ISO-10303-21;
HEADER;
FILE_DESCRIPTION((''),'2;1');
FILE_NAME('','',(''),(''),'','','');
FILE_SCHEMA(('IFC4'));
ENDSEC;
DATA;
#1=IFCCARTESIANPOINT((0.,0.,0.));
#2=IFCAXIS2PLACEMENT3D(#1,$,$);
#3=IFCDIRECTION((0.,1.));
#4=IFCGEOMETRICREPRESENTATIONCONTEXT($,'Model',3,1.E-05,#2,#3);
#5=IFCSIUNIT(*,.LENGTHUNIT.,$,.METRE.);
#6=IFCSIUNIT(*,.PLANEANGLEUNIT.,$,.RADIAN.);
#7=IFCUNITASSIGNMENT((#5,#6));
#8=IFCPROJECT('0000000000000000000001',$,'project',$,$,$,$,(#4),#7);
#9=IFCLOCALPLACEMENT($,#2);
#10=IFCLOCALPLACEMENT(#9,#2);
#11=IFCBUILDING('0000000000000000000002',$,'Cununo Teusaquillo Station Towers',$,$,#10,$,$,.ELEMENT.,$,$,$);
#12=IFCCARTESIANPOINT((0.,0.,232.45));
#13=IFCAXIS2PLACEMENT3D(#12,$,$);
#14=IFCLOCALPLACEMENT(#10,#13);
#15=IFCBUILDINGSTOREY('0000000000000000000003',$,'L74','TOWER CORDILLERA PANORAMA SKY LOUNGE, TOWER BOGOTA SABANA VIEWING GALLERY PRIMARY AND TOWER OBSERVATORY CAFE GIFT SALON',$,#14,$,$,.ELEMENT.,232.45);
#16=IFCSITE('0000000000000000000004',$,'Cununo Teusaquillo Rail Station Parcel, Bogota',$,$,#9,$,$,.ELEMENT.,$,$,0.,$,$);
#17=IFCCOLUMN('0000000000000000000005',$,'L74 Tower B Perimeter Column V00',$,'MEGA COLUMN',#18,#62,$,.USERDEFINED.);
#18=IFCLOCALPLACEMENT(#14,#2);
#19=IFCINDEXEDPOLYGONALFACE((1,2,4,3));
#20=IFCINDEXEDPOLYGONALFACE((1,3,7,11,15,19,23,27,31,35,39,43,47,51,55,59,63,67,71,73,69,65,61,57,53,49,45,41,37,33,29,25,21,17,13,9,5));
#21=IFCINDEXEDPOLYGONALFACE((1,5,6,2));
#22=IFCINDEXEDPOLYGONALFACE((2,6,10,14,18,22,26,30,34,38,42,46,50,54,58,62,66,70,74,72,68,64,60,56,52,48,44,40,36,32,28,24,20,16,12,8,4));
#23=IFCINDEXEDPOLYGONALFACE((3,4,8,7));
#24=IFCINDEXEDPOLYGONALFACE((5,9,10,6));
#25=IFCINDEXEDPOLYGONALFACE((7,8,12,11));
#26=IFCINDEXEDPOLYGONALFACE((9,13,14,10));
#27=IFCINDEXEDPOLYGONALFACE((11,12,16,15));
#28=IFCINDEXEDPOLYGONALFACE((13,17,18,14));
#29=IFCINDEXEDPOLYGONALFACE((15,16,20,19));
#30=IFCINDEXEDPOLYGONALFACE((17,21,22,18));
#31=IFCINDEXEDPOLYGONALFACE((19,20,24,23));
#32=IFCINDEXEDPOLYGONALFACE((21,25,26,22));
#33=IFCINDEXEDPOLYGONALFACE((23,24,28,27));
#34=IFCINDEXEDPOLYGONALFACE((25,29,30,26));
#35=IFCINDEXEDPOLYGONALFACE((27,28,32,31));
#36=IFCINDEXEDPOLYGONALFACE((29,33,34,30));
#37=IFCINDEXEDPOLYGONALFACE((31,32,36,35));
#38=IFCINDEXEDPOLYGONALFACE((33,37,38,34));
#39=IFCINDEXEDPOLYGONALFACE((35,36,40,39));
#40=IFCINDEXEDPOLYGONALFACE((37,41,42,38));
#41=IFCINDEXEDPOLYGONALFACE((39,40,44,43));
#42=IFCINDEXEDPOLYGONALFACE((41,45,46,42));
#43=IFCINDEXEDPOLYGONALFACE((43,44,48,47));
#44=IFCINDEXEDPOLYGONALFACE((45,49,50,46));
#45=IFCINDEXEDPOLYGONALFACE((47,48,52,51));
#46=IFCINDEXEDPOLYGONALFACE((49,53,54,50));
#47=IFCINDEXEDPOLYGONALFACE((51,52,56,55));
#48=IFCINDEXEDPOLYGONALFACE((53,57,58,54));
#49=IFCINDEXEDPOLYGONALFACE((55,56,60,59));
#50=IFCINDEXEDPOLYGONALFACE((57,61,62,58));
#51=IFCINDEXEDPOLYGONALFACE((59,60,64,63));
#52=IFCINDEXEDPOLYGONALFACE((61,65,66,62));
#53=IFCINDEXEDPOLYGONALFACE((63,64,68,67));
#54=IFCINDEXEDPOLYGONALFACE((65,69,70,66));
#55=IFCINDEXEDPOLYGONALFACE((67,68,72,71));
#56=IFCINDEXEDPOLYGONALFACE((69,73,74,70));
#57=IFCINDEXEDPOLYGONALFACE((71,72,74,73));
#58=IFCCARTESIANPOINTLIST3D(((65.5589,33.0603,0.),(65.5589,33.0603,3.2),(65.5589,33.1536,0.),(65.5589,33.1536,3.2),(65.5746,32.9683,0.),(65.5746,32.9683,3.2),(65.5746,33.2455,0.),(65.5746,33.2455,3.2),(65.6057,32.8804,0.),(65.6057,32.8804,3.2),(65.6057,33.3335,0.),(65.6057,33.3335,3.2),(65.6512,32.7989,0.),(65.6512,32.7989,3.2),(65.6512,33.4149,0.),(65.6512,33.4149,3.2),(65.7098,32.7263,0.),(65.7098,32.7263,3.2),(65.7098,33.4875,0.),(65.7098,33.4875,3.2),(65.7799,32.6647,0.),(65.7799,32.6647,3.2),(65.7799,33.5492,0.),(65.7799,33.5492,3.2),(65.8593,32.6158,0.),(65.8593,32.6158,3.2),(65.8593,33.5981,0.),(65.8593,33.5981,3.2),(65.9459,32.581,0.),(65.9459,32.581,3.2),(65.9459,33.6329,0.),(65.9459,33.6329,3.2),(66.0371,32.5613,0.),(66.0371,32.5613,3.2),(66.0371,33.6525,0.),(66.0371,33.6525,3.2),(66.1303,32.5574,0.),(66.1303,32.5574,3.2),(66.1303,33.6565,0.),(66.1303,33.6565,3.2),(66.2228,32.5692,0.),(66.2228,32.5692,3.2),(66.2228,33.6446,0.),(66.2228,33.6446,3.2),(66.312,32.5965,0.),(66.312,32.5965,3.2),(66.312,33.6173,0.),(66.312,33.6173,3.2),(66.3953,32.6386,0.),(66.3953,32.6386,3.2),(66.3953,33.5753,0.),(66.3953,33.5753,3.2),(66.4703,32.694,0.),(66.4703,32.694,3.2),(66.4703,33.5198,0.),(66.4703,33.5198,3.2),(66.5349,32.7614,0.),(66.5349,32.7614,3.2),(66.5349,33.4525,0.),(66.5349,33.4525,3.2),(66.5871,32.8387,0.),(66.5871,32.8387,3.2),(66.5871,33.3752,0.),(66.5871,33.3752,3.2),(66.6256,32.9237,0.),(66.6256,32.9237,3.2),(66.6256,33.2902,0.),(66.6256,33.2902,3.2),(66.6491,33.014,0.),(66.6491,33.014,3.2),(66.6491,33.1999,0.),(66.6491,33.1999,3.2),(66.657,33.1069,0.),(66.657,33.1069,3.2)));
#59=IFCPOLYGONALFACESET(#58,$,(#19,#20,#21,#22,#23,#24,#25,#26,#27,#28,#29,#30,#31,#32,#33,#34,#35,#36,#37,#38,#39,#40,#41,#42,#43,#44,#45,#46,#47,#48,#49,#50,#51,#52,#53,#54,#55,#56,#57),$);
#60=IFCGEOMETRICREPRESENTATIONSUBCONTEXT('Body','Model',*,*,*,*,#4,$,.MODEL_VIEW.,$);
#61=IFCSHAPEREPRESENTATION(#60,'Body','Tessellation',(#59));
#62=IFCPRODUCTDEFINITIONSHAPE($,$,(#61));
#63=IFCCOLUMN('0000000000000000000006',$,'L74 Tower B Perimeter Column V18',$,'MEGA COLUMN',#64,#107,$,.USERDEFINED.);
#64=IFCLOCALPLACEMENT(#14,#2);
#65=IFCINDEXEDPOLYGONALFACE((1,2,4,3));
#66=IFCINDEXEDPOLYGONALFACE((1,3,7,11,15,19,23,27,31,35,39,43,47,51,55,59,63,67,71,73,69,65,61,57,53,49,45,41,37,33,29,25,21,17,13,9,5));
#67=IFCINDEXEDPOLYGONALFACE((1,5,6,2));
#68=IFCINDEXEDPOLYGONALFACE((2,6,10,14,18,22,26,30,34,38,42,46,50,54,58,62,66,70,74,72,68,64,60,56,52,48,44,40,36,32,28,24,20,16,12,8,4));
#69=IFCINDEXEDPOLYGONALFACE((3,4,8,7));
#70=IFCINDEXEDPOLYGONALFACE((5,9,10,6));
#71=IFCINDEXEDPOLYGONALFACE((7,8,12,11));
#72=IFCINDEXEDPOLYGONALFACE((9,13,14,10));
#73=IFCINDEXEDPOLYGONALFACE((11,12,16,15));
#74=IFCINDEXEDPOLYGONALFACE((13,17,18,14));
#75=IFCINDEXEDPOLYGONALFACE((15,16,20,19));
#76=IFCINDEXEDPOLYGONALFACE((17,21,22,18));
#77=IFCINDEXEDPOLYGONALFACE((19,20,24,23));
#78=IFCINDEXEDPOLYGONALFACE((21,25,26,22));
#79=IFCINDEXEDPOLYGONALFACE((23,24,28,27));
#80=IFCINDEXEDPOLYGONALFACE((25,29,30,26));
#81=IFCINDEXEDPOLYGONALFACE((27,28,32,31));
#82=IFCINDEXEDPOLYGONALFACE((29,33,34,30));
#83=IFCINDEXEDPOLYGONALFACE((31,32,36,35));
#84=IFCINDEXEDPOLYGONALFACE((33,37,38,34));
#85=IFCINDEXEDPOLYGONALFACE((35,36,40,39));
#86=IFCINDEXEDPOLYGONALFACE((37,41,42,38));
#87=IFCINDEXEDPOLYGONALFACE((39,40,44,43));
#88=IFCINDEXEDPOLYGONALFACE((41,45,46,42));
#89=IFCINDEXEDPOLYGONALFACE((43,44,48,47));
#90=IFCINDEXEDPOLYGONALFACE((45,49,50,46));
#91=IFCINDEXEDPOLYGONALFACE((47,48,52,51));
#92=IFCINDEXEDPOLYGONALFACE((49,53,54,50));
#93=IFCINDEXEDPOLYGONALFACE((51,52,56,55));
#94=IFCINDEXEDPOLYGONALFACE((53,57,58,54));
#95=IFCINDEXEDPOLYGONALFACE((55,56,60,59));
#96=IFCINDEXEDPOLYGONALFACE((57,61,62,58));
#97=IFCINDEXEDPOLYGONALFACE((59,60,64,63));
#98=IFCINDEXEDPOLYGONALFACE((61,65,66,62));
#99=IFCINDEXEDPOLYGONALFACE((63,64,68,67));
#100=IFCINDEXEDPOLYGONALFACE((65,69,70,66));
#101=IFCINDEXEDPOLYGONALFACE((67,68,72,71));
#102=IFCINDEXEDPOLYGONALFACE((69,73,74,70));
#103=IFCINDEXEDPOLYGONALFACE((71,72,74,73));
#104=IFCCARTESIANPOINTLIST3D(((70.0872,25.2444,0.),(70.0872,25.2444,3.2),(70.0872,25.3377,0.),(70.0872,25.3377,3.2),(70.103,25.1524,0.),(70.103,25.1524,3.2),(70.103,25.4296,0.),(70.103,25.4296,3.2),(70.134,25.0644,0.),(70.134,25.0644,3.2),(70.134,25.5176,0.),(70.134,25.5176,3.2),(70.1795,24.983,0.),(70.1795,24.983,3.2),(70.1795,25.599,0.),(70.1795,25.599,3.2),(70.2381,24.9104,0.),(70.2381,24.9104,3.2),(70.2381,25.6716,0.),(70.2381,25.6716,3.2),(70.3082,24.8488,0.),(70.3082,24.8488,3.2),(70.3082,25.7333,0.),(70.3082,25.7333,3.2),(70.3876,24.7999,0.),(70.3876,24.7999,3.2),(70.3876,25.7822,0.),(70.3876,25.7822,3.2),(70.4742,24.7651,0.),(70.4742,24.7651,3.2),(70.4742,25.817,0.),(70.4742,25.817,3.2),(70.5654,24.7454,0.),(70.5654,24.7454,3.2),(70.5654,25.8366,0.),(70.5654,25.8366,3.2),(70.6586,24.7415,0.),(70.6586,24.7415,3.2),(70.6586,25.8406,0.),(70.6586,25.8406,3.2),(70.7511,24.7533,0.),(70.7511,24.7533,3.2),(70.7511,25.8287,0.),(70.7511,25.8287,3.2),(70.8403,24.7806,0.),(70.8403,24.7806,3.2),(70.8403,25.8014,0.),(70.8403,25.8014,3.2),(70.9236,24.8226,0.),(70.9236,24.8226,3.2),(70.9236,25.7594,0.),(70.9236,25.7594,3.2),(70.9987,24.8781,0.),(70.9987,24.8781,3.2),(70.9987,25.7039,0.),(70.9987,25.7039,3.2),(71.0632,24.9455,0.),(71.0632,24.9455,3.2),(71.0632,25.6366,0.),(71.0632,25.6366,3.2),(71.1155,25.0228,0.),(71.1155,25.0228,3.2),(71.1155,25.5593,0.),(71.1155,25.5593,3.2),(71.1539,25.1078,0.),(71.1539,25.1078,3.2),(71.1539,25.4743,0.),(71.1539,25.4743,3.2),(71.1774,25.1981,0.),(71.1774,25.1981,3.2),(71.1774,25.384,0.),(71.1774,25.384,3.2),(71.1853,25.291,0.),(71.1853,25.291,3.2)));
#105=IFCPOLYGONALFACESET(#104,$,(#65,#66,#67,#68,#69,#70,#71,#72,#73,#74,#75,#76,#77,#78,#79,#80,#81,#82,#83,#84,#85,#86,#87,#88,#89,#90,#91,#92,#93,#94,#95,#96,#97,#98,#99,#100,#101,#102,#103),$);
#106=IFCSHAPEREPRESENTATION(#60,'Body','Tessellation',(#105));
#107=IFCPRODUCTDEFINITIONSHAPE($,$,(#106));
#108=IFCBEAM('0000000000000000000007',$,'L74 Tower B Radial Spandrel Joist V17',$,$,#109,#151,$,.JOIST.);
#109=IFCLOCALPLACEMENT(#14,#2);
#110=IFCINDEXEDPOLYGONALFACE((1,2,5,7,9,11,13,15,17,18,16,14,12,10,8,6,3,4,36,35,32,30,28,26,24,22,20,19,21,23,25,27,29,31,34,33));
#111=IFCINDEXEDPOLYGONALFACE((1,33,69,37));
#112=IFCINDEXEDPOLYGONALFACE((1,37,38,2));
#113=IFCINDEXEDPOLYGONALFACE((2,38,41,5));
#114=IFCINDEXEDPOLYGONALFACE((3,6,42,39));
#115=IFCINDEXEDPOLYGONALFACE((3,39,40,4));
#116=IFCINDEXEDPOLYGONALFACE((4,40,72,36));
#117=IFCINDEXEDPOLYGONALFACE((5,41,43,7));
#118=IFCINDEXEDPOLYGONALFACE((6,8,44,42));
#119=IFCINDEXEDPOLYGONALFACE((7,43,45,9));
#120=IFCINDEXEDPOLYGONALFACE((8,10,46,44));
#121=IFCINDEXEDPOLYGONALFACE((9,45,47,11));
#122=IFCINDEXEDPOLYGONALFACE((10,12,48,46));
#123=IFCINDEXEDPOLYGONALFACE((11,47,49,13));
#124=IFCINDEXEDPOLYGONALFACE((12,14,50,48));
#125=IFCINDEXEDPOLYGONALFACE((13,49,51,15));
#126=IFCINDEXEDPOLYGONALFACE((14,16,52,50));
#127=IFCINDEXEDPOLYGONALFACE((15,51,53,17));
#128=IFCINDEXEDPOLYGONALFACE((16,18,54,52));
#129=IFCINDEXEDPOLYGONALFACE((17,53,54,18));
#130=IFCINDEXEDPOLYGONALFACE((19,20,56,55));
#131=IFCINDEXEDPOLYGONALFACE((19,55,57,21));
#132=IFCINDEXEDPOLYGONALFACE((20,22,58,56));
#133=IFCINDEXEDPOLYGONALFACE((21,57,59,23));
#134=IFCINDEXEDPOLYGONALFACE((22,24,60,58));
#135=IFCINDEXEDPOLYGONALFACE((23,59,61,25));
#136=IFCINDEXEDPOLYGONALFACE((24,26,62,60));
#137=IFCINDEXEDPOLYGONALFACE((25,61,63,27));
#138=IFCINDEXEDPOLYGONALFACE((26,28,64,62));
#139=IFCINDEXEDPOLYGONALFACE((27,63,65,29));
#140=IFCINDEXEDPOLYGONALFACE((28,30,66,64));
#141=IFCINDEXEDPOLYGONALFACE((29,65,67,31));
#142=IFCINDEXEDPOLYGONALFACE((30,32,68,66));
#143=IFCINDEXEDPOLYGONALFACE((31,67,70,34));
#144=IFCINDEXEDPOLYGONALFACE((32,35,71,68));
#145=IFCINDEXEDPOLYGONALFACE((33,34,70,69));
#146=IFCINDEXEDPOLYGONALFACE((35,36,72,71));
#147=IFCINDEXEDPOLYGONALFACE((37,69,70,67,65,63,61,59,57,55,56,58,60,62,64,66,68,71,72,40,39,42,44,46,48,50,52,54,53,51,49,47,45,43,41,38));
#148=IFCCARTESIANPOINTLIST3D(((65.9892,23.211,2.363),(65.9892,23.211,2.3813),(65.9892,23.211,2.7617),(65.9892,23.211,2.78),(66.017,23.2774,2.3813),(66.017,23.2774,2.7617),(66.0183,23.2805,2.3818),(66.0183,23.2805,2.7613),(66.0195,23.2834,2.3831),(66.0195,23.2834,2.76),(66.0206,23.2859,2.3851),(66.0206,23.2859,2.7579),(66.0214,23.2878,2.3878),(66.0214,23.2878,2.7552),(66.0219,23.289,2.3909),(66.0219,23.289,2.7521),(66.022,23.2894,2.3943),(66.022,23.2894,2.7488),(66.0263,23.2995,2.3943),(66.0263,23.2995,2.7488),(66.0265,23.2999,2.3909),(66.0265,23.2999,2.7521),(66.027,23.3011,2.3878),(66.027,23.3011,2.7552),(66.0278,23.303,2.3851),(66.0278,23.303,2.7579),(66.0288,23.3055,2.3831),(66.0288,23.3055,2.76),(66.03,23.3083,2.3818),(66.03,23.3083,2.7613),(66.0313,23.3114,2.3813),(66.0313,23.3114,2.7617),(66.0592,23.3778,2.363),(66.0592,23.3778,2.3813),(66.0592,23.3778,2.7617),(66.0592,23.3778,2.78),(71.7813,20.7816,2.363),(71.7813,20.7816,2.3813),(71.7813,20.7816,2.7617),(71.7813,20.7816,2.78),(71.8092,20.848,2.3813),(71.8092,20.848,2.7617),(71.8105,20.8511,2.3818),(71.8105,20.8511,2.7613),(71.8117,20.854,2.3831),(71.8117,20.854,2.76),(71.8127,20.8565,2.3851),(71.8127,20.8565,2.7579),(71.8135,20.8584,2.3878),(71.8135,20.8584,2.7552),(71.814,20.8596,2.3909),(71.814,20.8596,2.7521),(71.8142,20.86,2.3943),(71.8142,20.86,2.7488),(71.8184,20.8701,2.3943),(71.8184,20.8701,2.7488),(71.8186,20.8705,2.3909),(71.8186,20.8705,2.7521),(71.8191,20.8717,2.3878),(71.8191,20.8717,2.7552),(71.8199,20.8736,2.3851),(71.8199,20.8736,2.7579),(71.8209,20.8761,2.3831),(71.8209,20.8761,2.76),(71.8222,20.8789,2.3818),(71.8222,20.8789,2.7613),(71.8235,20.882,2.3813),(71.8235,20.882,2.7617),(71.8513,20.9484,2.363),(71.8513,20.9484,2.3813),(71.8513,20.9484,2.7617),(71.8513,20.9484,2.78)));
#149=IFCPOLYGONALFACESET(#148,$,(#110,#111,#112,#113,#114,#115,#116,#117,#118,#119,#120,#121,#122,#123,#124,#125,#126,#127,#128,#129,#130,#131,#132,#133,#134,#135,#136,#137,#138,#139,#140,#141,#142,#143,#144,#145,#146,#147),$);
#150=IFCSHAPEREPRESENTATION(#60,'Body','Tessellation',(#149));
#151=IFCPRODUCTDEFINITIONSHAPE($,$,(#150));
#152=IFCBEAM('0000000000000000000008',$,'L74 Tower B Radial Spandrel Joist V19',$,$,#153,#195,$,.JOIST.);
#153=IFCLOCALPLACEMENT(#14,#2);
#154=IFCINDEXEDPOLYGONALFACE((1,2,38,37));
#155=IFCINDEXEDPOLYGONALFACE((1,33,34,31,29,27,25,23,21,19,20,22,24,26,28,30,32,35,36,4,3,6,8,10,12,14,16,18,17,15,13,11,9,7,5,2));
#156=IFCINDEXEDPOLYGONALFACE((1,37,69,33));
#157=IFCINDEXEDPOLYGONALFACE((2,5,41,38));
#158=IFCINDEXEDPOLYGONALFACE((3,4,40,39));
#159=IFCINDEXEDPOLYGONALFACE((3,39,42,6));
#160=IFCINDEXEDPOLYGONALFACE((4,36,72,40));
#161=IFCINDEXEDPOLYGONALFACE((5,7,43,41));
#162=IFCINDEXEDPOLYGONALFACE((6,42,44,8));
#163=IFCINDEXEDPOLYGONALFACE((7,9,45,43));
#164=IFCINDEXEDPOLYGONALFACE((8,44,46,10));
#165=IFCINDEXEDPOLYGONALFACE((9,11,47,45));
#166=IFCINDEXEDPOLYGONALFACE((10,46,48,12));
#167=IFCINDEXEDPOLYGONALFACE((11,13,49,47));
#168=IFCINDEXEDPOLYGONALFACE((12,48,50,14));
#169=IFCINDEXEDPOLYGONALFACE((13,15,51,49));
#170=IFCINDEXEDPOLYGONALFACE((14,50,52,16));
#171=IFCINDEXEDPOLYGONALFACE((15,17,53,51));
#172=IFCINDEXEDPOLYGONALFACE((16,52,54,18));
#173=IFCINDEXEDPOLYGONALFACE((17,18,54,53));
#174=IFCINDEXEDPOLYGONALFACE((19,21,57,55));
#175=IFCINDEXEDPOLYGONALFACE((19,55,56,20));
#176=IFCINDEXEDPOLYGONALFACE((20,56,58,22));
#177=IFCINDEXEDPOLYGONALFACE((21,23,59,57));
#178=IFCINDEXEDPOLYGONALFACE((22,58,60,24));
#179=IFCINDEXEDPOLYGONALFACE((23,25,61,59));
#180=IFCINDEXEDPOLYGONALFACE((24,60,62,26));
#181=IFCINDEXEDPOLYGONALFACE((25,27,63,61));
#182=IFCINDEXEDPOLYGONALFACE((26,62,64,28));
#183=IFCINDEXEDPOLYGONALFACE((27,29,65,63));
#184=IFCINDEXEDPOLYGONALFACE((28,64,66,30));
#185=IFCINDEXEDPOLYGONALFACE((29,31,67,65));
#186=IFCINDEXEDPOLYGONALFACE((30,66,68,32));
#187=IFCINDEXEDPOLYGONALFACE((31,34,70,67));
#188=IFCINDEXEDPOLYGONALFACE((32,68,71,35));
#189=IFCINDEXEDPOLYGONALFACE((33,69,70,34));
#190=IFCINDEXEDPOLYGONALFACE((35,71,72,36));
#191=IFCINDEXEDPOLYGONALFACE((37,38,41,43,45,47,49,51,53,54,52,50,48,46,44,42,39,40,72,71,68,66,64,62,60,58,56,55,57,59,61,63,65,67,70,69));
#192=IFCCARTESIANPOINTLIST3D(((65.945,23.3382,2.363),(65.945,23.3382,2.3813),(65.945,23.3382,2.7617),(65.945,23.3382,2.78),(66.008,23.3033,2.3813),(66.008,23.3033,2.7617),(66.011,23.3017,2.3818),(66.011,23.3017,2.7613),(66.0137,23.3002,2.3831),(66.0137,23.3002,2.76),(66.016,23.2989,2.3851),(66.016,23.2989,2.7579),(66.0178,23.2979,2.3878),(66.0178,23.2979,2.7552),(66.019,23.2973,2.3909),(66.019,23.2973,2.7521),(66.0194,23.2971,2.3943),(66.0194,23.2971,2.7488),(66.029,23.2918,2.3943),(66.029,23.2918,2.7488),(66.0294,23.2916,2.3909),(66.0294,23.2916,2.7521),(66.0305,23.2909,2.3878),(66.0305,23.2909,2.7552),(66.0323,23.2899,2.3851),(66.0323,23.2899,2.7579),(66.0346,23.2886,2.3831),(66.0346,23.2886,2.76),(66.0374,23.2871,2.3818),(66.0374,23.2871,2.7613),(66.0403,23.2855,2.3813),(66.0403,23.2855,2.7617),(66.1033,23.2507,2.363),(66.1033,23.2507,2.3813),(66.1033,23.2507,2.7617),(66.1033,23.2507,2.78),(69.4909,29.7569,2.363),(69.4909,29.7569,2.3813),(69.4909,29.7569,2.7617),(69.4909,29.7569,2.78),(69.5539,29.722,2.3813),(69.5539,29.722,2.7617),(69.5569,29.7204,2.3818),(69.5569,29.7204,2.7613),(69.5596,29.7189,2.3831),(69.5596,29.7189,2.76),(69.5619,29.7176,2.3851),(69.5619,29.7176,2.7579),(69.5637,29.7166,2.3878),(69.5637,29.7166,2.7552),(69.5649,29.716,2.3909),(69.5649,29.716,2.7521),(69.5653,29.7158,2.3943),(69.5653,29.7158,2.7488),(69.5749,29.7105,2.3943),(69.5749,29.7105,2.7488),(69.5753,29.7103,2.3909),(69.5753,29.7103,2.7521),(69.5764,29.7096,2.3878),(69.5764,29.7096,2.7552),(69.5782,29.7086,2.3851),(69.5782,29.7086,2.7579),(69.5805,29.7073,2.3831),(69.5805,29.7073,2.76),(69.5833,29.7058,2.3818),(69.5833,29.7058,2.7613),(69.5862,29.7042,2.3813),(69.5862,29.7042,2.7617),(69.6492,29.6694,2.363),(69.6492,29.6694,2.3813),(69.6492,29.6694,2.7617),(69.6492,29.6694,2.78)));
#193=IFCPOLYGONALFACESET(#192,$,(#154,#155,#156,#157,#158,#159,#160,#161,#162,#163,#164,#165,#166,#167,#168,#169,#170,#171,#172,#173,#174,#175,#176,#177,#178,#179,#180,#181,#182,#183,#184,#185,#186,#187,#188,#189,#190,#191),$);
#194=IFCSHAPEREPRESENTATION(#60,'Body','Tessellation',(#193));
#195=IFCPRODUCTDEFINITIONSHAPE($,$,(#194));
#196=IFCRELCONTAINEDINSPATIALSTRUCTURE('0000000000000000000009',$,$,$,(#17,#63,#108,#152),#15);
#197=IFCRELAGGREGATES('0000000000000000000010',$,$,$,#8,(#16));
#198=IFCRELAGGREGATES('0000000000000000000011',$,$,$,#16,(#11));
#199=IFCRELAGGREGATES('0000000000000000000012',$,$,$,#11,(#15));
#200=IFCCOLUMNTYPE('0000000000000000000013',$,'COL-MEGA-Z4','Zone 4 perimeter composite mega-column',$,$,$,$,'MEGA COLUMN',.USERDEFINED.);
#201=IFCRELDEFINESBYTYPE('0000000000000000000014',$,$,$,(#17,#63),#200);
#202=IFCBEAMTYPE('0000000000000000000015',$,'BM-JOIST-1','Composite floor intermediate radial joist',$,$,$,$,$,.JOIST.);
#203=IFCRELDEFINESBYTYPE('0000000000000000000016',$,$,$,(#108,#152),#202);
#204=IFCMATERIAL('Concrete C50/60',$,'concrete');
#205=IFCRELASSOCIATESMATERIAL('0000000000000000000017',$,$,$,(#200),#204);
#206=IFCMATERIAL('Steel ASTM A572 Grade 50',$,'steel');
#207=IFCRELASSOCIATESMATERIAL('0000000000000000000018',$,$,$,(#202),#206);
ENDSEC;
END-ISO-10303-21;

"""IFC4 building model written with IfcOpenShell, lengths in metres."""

from ifc_helpers import new_model, si_unit, direction, frame, origin, origin_2d, place, context, subcontext, project, spatial, circle, i_section, extrude, material, material_profile, profile_set, type_object, element, save


model = new_model("IFC4")

# Units and contexts
model_context = context("Model", 3, precision=1e-05, world=origin(), true_north=direction((0.0, 1.0)))
body_context = subcontext(model_context, "Body", "Model", "MODEL_VIEW")
ifc_project = project(units=[si_unit("LENGTHUNIT", "METRE"), si_unit("PLANEANGLEUNIT", "RADIAN")], contexts=[model_context])

# Site, building, storey
site_placement = place(None, origin())
site = spatial("IfcSite", under=ifc_project, at=site_placement, Name="Cununo Teusaquillo Rail Station Parcel, Bogota", CompositionType="ELEMENT", RefElevation=0.0)
building_placement = place(site_placement, origin())
building = spatial("IfcBuilding", under=site, at=building_placement, Name="Cununo Teusaquillo Station Towers", CompositionType="ELEMENT")
storey_placement = place(building_placement, frame((0.0, 0.0, 232.45)))
storey = spatial("IfcBuildingStorey", under=building, at=storey_placement, Name="L74", Description="TOWER CORDILLERA PANORAMA SKY LOUNGE, TOWER BOGOTA SABANA VIEWING GALLERY PRIMARY AND TOWER OBSERVATORY CAFE GIFT SALON", CompositionType="ELEMENT", Elevation=232.45)

# Columns
ifc_material_1 = material(Name="Concrete C50/60", Category="concrete")
ifc_material_profile_1 = material_profile(ifc_material_1, circle(Radius=0.55, at=origin_2d()), Name="RC-CIRC-1100")
ifc_profile_set_1 = profile_set([ifc_material_profile_1], Name="Concrete C50/60")
column_type = type_object("IfcColumnType", Name="COL-MEGA-Z4", Description="Zone 4 perimeter composite mega-column", ElementType="MEGA COLUMN", PredefinedType="USERDEFINED", material=ifc_profile_set_1)
for number, where, z_axis, x_axis, name in (
    (1, (66.1069, 33.1069, 0.0), (0.0, 0.0, 1.0), (1.0, 0.0, 0.0), "L74 Tower B Perimeter Column V00"),
    (2, (70.6353, 25.291, 0.0), (0.0, 0.0, 1.0), (1.0, 0.0, 0.0), "L74 Tower B Perimeter Column V18"),
):
    element("IfcColumn", number, at=place(storey_placement, frame(where, z_axis=z_axis, x_axis=x_axis)), inside=storey, type_object=column_type, Name=name, ObjectType="MEGA COLUMN", PredefinedType="USERDEFINED", context=body_context, shape_type="SweptSolid", body=[
        extrude(circle(Radius=0.55, at=origin_2d()), origin(), (0.0, 0.0, 1.0), 3.2),
    ])

# Beams
ifc_material_2 = material(Name="Steel ASTM A572 Grade 50", Category="steel")
ifc_material_profile_2 = material_profile(ifc_material_2, i_section(OverallWidth=0.1809, OverallDepth=0.417, WebThickness=0.011, FlangeThickness=0.0183, FilletRadius=0.0129, at=origin_2d()), Name="W16X57")
ifc_profile_set_2 = profile_set([ifc_material_profile_2], Name="Steel ASTM A572 Grade 50")
beam_type_1 = type_object("IfcBeamType", Name="BM-JOIST-1", Description="Composite floor intermediate radial joist", PredefinedType="JOIST", material=ifc_profile_set_2)
beam_1_placement = place(storey_placement, frame((66.0242, 23.2944, 2.5715), z_axis=(0.922169, -0.386786, 0.0), x_axis=(0.386786, 0.922169, 0.0)))
element("IfcBeam", 3, at=beam_1_placement, inside=storey, type_object=beam_type_1, Name="L74 Tower B Radial Spandrel Joist V17", PredefinedType="JOIST", context=body_context, shape_type="SweptSolid", body=[
    extrude(i_section(OverallWidth=0.1809, OverallDepth=0.417, WebThickness=0.011, FlangeThickness=0.0183, FilletRadius=0.0129, at=origin_2d()), origin(), (0.0, 0.0, 1.0), 6.281),
])
beam_2_placement = place(storey_placement, frame((66.0242, 23.2944, 2.5715), z_axis=(0.483553, 0.875315, 0.0), x_axis=(-0.875315, 0.483553, 0.0)))
element("IfcBeam", 4, at=beam_2_placement, inside=storey, type_object=beam_type_1, Name="L74 Tower B Radial Spandrel Joist V19", PredefinedType="JOIST", context=body_context, shape_type="SweptSolid", body=[
    extrude(i_section(OverallWidth=0.1809, OverallDepth=0.417, WebThickness=0.011, FlangeThickness=0.0183, FilletRadius=0.0129, at=origin_2d()), origin(), (0.0, 0.0, 1.0), 7.333),
])

save(model, "model.ifc")
